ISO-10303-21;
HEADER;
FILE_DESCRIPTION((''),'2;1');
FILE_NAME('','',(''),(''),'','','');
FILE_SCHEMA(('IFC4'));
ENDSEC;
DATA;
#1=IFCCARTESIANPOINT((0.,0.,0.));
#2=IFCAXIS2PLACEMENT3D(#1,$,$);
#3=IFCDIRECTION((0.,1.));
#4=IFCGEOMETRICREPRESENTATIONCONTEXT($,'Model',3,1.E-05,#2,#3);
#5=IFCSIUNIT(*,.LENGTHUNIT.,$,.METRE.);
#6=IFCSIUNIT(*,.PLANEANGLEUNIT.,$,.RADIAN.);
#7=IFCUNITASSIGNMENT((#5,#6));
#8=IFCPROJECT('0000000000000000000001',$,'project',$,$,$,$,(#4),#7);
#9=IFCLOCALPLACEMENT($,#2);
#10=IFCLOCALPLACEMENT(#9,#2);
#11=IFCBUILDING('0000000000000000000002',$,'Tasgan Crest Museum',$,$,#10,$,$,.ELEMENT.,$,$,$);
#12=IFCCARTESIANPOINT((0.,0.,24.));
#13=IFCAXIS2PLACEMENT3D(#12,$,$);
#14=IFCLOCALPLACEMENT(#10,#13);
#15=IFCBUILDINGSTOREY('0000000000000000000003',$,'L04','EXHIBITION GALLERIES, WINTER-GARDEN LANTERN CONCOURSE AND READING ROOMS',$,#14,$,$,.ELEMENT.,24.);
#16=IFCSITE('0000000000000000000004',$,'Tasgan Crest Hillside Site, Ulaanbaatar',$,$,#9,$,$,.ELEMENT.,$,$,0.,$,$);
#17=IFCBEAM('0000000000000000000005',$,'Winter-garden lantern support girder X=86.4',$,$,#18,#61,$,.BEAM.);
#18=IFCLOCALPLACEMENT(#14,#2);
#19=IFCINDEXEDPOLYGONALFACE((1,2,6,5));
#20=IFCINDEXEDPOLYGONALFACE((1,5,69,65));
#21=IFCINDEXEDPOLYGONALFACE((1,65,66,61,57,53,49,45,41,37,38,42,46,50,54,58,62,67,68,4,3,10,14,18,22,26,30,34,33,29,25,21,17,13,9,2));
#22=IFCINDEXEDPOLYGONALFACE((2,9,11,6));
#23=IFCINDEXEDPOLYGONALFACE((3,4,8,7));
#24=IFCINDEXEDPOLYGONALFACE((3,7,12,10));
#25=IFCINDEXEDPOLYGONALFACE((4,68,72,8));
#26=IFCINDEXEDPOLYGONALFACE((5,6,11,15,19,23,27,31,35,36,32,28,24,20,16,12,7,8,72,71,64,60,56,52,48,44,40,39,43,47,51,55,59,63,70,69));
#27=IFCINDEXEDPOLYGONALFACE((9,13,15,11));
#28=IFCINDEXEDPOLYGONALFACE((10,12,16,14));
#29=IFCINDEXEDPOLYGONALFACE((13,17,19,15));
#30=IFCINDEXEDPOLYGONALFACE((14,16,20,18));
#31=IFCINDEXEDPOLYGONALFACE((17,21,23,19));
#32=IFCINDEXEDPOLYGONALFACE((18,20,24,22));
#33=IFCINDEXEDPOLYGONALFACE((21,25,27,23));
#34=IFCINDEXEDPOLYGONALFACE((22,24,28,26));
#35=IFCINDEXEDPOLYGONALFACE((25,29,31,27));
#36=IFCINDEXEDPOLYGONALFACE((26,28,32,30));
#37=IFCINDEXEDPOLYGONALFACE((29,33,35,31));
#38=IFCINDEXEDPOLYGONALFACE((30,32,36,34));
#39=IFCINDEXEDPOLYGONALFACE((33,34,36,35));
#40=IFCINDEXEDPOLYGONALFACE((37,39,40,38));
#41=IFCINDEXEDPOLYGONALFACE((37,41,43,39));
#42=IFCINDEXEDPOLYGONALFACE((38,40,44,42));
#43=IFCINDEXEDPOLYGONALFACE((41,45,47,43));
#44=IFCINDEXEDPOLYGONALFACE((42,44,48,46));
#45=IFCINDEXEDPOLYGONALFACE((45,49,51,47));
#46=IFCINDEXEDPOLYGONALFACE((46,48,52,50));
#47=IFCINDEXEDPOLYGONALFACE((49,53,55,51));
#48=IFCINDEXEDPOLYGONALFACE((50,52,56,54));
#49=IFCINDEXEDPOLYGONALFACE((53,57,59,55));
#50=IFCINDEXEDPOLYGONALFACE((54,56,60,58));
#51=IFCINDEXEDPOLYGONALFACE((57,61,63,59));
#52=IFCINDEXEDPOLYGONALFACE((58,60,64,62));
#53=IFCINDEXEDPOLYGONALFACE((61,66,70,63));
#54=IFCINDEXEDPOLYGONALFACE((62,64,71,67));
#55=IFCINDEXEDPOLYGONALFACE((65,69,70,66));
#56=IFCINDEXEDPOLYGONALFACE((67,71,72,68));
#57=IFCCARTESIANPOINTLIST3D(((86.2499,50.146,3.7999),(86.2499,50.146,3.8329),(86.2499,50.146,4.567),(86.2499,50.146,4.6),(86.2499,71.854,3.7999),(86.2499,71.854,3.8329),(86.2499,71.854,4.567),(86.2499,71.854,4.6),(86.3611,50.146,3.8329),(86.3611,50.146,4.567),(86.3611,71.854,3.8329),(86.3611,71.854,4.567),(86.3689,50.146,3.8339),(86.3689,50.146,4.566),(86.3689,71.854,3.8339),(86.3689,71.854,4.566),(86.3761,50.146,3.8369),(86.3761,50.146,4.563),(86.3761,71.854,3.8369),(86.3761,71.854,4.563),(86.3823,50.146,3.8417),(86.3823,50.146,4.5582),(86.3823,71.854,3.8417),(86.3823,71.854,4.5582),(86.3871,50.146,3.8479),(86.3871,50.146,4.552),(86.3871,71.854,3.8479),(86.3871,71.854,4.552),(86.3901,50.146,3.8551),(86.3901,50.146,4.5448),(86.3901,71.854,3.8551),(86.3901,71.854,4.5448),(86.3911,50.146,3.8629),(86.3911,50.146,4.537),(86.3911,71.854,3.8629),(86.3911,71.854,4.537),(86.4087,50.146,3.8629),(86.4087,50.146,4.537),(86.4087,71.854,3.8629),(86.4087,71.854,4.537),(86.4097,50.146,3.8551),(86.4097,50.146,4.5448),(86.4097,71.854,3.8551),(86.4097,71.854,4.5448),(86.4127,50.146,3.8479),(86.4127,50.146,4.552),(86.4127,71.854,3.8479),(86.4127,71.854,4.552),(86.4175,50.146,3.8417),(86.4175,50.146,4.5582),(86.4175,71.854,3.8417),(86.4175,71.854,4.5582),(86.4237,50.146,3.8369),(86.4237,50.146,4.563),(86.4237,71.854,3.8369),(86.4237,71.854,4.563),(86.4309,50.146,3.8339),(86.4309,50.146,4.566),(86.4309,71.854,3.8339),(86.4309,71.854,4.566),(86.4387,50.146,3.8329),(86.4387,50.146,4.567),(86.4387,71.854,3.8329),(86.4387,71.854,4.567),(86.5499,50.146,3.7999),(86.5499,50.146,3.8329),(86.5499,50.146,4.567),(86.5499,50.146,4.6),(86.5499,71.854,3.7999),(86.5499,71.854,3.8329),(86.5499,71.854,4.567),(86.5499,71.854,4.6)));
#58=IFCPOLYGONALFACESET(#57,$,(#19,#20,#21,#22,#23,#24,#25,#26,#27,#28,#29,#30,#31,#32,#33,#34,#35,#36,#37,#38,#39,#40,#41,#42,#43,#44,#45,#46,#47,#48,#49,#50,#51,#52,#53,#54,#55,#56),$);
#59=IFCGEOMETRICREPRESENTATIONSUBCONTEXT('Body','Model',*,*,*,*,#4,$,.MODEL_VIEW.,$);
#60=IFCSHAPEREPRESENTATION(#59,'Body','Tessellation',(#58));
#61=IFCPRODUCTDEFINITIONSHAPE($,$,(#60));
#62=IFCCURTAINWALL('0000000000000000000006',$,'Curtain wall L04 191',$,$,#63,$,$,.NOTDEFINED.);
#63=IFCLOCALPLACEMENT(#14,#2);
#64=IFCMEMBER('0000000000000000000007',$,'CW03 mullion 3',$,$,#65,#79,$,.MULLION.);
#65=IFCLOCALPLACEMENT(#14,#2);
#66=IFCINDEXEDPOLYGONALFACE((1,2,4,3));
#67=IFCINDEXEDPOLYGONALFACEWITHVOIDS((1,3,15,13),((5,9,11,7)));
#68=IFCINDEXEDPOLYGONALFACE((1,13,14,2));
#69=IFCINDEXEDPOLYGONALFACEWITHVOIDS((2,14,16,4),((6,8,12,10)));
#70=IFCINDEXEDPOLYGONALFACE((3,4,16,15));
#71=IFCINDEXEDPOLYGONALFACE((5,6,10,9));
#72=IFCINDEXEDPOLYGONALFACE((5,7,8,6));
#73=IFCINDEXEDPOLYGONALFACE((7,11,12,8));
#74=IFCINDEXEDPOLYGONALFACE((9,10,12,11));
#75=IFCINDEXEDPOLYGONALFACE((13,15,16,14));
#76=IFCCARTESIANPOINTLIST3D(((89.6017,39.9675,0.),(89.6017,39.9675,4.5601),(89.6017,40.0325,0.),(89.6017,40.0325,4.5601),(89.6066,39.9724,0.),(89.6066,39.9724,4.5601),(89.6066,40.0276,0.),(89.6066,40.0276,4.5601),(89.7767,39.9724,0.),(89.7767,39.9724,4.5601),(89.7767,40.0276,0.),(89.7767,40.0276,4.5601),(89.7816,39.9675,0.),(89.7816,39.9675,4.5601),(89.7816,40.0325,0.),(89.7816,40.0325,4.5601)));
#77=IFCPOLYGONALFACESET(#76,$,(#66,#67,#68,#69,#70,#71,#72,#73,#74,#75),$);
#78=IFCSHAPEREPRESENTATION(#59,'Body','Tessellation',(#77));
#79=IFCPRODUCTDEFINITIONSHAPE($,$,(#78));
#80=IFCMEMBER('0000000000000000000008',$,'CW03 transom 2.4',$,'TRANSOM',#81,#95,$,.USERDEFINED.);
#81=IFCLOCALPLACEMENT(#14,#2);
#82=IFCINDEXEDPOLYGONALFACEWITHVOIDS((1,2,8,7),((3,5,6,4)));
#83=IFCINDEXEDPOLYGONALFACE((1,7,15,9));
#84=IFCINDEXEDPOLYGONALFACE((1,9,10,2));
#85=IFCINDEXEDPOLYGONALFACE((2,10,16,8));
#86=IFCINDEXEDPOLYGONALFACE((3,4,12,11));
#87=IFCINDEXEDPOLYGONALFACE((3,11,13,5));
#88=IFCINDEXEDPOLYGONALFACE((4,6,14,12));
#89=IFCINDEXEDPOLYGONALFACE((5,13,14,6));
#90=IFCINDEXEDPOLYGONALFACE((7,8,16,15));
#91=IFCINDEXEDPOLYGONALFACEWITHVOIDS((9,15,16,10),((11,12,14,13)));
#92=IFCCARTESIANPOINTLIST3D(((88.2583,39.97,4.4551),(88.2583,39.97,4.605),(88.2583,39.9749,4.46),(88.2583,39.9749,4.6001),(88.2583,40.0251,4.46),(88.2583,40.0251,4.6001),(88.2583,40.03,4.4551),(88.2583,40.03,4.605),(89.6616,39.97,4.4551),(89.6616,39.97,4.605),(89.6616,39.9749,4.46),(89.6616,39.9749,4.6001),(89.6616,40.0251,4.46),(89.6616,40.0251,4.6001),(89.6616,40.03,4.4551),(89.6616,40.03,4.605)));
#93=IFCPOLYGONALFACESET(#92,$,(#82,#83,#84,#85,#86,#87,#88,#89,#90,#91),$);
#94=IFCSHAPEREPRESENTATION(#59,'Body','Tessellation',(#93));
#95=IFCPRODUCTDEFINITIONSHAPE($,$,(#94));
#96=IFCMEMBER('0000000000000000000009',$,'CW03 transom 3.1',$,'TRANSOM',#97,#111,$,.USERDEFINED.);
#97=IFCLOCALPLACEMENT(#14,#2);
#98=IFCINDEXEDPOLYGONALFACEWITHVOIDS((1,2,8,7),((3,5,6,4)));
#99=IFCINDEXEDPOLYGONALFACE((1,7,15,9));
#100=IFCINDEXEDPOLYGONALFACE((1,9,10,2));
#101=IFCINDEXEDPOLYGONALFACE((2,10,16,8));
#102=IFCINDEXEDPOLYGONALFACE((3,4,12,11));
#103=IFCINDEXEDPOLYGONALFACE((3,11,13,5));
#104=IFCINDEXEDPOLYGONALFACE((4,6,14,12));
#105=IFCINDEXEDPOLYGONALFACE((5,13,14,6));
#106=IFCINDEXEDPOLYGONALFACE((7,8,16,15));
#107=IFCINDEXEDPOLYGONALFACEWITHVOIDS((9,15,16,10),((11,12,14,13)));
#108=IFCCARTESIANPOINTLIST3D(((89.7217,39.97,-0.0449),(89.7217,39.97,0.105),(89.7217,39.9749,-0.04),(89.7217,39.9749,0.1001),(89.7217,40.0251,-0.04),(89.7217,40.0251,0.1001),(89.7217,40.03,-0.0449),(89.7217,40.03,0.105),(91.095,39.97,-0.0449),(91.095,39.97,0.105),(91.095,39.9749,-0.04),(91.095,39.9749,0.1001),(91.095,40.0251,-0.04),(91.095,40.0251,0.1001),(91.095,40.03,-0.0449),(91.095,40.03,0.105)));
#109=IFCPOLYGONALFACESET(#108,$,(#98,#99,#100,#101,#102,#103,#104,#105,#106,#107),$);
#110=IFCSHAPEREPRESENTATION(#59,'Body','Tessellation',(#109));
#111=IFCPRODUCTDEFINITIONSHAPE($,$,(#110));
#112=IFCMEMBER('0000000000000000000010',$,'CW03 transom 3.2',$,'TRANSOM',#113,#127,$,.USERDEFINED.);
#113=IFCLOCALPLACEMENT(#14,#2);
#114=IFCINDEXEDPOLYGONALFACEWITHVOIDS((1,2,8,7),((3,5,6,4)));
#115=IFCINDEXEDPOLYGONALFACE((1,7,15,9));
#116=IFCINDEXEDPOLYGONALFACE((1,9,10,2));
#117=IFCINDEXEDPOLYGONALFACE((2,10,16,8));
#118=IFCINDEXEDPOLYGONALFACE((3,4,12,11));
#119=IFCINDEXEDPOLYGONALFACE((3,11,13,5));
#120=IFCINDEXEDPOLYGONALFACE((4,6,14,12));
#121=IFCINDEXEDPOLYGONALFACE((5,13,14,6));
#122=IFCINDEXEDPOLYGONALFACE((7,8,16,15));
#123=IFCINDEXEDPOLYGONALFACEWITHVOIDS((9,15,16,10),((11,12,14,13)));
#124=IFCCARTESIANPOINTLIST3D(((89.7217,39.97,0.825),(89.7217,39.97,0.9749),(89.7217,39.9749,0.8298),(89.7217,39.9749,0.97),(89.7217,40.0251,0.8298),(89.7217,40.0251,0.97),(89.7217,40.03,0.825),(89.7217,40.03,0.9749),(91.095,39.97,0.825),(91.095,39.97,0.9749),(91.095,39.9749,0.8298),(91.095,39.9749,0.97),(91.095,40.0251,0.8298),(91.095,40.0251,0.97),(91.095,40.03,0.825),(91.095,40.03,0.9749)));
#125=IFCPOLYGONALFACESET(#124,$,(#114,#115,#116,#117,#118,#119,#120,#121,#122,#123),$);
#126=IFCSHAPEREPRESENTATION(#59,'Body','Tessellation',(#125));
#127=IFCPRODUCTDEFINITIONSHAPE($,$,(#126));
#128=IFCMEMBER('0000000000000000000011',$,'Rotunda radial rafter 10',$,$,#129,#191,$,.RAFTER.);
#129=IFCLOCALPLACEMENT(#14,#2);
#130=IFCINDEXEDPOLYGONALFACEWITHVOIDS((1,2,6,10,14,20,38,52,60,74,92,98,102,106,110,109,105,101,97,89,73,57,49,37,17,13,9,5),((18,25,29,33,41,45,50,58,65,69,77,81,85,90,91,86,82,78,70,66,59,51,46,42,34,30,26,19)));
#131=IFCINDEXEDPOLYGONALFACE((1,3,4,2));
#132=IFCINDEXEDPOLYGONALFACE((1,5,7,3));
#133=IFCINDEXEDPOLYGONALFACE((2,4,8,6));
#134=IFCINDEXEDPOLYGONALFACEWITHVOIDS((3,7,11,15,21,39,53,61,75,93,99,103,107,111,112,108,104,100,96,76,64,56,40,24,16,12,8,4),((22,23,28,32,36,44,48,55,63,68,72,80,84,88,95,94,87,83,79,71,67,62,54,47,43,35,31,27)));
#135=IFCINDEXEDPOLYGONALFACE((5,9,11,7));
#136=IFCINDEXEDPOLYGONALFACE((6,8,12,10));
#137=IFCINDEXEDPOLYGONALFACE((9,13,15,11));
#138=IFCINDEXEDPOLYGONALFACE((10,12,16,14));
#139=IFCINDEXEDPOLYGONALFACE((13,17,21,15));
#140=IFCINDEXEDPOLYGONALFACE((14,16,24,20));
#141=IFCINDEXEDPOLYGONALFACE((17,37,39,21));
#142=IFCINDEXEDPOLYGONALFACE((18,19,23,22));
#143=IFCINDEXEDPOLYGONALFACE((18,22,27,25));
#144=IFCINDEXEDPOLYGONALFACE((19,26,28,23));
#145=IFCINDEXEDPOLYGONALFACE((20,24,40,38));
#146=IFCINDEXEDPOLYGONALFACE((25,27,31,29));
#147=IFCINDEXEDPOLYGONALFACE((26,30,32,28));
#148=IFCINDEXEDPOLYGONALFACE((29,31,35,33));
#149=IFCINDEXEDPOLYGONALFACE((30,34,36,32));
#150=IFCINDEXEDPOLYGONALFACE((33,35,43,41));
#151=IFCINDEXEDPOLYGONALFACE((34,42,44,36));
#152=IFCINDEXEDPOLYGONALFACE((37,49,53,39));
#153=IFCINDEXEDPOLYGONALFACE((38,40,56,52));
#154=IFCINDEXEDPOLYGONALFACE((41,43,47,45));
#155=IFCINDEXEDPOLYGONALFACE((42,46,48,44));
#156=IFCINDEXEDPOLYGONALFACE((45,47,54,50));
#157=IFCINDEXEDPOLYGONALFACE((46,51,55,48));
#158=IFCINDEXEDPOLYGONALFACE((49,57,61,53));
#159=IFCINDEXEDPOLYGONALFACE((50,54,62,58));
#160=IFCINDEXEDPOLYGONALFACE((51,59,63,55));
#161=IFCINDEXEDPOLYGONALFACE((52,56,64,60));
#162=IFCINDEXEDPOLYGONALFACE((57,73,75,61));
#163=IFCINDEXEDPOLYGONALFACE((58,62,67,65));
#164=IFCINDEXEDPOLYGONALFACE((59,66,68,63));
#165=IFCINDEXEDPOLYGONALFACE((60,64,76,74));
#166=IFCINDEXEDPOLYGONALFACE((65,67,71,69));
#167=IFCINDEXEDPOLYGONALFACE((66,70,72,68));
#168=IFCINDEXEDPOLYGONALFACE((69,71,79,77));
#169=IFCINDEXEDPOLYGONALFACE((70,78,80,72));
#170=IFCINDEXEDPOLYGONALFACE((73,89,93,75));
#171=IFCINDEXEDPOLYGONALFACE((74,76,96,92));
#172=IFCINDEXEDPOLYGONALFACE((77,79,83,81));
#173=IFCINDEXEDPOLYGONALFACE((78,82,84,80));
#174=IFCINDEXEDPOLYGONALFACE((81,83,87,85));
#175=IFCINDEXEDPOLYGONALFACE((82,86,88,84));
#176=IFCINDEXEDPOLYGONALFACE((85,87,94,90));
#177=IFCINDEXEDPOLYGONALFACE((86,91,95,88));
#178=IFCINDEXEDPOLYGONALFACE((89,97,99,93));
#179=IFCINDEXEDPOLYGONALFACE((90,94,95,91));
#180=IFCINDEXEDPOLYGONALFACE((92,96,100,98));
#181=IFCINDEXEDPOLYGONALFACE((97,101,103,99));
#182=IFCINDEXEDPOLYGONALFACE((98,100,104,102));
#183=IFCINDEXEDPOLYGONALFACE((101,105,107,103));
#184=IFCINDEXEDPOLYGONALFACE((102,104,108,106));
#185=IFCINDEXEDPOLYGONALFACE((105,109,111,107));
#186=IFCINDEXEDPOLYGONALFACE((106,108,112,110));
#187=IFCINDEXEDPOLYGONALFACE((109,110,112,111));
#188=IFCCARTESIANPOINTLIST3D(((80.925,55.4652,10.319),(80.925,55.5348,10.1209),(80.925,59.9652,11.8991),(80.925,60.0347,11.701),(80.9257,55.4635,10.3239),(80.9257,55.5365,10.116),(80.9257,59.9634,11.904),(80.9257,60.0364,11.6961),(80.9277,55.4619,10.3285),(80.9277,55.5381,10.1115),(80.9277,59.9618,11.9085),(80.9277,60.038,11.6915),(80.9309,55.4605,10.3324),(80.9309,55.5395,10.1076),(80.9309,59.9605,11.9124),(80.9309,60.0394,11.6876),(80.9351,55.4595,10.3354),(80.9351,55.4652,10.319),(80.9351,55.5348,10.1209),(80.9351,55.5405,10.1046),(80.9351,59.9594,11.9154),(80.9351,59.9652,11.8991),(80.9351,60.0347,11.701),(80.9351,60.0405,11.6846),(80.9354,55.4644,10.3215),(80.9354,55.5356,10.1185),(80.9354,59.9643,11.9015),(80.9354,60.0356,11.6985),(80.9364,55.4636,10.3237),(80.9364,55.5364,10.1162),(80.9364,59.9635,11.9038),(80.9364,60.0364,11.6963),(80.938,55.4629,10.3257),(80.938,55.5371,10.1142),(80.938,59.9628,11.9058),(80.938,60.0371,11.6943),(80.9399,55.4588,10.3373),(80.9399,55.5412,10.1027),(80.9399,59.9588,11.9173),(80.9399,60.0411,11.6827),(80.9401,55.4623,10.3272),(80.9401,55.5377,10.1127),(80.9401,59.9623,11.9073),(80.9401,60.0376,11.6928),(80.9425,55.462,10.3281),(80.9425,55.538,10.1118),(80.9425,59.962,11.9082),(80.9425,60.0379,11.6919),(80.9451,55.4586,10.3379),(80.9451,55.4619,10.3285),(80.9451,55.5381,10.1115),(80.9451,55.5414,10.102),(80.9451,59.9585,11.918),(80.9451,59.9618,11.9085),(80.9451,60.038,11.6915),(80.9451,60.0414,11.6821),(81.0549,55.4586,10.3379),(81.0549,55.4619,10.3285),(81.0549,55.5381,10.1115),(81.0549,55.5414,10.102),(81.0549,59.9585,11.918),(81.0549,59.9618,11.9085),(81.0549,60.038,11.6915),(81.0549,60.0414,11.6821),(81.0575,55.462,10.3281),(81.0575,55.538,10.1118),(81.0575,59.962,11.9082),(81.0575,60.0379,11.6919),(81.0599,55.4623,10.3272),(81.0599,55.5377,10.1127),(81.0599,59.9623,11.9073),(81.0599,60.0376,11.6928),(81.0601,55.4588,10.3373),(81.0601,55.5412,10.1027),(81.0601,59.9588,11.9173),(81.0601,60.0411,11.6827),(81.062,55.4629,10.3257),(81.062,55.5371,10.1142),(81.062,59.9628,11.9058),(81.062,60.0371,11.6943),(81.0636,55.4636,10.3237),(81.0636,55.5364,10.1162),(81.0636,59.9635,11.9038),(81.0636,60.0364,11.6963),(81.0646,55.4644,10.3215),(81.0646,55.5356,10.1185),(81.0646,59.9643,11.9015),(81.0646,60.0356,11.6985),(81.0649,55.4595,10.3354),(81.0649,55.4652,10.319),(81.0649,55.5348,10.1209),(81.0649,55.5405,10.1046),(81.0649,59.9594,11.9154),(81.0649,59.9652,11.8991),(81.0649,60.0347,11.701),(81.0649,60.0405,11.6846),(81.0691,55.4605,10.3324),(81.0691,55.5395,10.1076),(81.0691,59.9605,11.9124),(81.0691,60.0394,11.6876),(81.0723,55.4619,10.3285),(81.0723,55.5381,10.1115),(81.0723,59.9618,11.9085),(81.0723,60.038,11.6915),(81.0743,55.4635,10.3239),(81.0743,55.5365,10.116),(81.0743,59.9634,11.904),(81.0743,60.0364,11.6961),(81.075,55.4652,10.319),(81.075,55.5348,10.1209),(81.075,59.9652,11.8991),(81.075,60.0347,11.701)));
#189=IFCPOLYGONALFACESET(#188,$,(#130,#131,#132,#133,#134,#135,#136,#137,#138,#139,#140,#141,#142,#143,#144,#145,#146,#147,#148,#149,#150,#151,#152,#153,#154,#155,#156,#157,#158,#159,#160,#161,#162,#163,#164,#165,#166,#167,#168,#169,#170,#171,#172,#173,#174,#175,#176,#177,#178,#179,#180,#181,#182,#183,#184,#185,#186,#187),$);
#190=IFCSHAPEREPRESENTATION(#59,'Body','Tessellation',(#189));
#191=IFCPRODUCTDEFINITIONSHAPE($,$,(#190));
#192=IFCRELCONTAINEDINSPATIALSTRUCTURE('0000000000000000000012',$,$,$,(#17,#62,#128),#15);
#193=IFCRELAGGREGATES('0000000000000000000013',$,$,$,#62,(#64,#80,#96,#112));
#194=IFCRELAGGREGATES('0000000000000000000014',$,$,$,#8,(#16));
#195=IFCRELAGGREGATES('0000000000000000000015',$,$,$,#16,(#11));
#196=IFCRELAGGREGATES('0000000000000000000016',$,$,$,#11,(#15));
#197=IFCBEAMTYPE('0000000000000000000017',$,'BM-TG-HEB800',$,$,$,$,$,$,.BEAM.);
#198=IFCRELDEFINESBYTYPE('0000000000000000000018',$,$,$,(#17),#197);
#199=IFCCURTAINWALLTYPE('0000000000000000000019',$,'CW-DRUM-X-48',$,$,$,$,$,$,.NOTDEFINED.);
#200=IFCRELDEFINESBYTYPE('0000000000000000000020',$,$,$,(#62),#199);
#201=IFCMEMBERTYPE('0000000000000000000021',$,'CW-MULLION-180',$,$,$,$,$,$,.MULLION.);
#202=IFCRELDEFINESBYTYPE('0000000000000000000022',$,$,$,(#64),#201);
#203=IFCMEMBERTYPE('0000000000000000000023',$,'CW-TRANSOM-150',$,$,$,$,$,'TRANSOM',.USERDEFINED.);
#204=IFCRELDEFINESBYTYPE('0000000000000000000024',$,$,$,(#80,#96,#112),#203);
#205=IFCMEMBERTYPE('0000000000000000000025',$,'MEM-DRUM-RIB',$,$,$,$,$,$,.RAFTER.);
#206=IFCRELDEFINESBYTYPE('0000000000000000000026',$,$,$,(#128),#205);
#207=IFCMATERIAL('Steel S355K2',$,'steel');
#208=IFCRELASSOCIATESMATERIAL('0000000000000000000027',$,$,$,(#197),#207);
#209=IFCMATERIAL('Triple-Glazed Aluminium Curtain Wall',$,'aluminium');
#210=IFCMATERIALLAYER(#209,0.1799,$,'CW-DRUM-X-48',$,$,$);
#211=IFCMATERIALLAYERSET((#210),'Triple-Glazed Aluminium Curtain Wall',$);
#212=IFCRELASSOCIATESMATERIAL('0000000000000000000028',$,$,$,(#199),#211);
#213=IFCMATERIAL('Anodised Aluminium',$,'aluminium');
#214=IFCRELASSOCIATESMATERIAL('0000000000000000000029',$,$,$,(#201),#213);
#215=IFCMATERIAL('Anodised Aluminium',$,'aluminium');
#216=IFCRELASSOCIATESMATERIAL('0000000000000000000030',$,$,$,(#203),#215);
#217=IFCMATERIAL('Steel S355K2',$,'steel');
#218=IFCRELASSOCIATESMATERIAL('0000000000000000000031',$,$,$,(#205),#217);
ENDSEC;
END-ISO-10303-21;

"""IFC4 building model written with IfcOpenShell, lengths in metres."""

from ifc_helpers import new_model, si_unit, direction, frame, origin, origin_2d, place, context, subcontext, project, spatial, hollow_rectangle, i_section, extrude, material, layer, layer_set, material_profile, profile_set, type_object, element, aggregate, save


model = new_model("IFC4")

# Units and contexts
model_context = context("Model", 3, precision=1e-05, world=origin(), true_north=direction((0.0, 1.0)))
body_context = subcontext(model_context, "Body", "Model", "MODEL_VIEW")
ifc_project = project(units=[si_unit("LENGTHUNIT", "METRE"), si_unit("PLANEANGLEUNIT", "RADIAN")], contexts=[model_context])

# Site, building, storey
site_placement = place(None, origin())
site = spatial("IfcSite", under=ifc_project, at=site_placement, Name="Tasgan Crest Hillside Site, Ulaanbaatar", CompositionType="ELEMENT", RefElevation=0.0)
building_placement = place(site_placement, origin())
building = spatial("IfcBuilding", under=site, at=building_placement, Name="Tasgan Crest Museum", CompositionType="ELEMENT")
storey_placement = place(building_placement, frame((0.0, 0.0, 24.0)))
storey = spatial("IfcBuildingStorey", under=building, at=storey_placement, Name="L04", Description="EXHIBITION GALLERIES, WINTER-GARDEN LANTERN CONCOURSE AND READING ROOMS", CompositionType="ELEMENT", Elevation=24.0)

# Beam
ifc_material_1 = material(Name="Steel S355K2", Category="steel")
ifc_material_profile_1 = material_profile(ifc_material_1, i_section(OverallWidth=0.3, OverallDepth=0.8, WebThickness=0.0176, FlangeThickness=0.033, FilletRadius=0.03, at=origin_2d()), Name="HEB 800")
ifc_profile_set_1 = profile_set([ifc_material_profile_1], Name="Steel S355K2")
beam_type_1 = type_object("IfcBeamType", Name="BM-TG-HEB800", PredefinedType="BEAM", material=ifc_profile_set_1)
beam_1_placement = place(storey_placement, frame((86.3999, 50.146, 4.2), z_axis=(0.0, 1.0, 0.0), x_axis=(-1.0, 0.0, 0.0)))
element("IfcBeam", 1, at=beam_1_placement, inside=storey, type_object=beam_type_1, Name="Winter-garden lantern support girder X=86.4", PredefinedType="BEAM", context=body_context, shape_type="SweptSolid", body=[
    extrude(i_section(OverallWidth=0.3, OverallDepth=0.8, WebThickness=0.0176, FlangeThickness=0.033, FilletRadius=0.03, at=origin_2d()), origin(), (0.0, 0.0, 1.0), 21.708),
])

# Curtain wall, members
ifc_material_2 = material(Name="Triple-Glazed Aluminium Curtain Wall", Category="aluminium")
ifc_layer_1 = layer(ifc_material_2, 0.1799, Name="CW-DRUM-X-48")
ifc_layer_set_1 = layer_set([ifc_layer_1], Name="Triple-Glazed Aluminium Curtain Wall")
curtain_wall_type = type_object("IfcCurtainWallType", Name="CW-DRUM-X-48", PredefinedType="NOTDEFINED", material=ifc_layer_set_1)
curtain_wall_placement = place(storey_placement, origin())
curtain_wall = element("IfcCurtainWall", 2, at=curtain_wall_placement, inside=storey, type_object=curtain_wall_type, Name="Curtain wall L04 191", PredefinedType="NOTDEFINED")
ifc_material_3 = material(Name="Anodised Aluminium", Category="aluminium")
ifc_material_profile_2 = material_profile(ifc_material_3, hollow_rectangle(XDim=0.0649, YDim=0.1799, WallThickness=0.0049, at=origin_2d()), Name="ALU MULLION 180x65x5")
ifc_profile_set_2 = profile_set([ifc_material_profile_2], Name="Anodised Aluminium")
member_type_1 = type_object("IfcMemberType", Name="CW-MULLION-180", PredefinedType="MULLION", material=ifc_profile_set_2)
member_1_placement = place(storey_placement, frame((89.6917, 40.0, 0.0), z_axis=(0.0, 0.0, 1.0), x_axis=(0.0, 1.0, 0.0)))
member_1 = element("IfcMember", 3, at=member_1_placement, type_object=member_type_1, Name="CW03 mullion 3", PredefinedType="MULLION", context=body_context, shape_type="SweptSolid", body=[
    extrude(hollow_rectangle(XDim=0.0649, YDim=0.1799, WallThickness=0.0049, at=origin_2d()), origin(), (0.0, 0.0, 1.0), 4.5601),
])
ifc_material_4 = material(Name="Anodised Aluminium", Category="aluminium")
ifc_material_profile_3 = material_profile(ifc_material_4, hollow_rectangle(XDim=0.0601, YDim=0.1499, WallThickness=0.0049, at=origin_2d()), Name="ALU TRANSOM 150x60x5")
ifc_profile_set_3 = profile_set([ifc_material_profile_3], Name="Anodised Aluminium")
member_type_2 = type_object("IfcMemberType", Name="CW-TRANSOM-150", ElementType="TRANSOM", PredefinedType="USERDEFINED", material=ifc_profile_set_3)
member_2_placement = place(storey_placement, frame((88.2583, 40.0, 4.53), z_axis=(1.0, 0.0, 0.0), x_axis=(0.0, 1.0, 0.0)))
member_2 = element("IfcMember", 4, at=member_2_placement, type_object=member_type_2, Name="CW03 transom 2.4", ObjectType="TRANSOM", PredefinedType="USERDEFINED", context=body_context, shape_type="SweptSolid", body=[
    extrude(hollow_rectangle(XDim=0.0601, YDim=0.1499, WallThickness=0.0049, at=origin_2d()), origin(), (0.0, 0.0, 1.0), 1.4033),
])
member_3_placement = place(storey_placement, frame((89.7217, 40.0, 0.03), z_axis=(1.0, 0.0, 0.0), x_axis=(0.0, 1.0, 0.0)))
member_3 = element("IfcMember", 5, at=member_3_placement, type_object=member_type_2, Name="CW03 transom 3.1", ObjectType="TRANSOM", PredefinedType="USERDEFINED", context=body_context, shape_type="SweptSolid", body=[
    extrude(hollow_rectangle(XDim=0.0601, YDim=0.1499, WallThickness=0.0049, at=origin_2d()), origin(), (0.0, 0.0, 1.0), 1.3733),
])
member_4_placement = place(storey_placement, frame((89.7217, 40.0, 0.8999), z_axis=(1.0, 0.0, 0.0), x_axis=(0.0, 1.0, 0.0)))
member_4 = element("IfcMember", 6, at=member_4_placement, type_object=member_type_2, Name="CW03 transom 3.2", ObjectType="TRANSOM", PredefinedType="USERDEFINED", context=body_context, shape_type="SweptSolid", body=[
    extrude(hollow_rectangle(XDim=0.0601, YDim=0.1499, WallThickness=0.0049, at=origin_2d()), origin(), (0.0, 0.0, 1.0), 1.3733),
])

# Member
ifc_material_5 = material(Name="Steel S355K2", Category="steel")
ifc_material_profile_4 = material_profile(ifc_material_5, hollow_rectangle(XDim=0.1499, YDim=0.25, WallThickness=0.01, InnerFilletRadius=0.01, OuterFilletRadius=0.02, at=origin_2d()), Name="RHS 250x150x10")
ifc_profile_set_4 = profile_set([ifc_material_profile_4], Name="Steel S355K2")
member_type_3 = type_object("IfcMemberType", Name="MEM-DRUM-RIB", PredefinedType="RAFTER", material=ifc_profile_set_4)
member_5_placement = place(storey_placement, frame((81.0, 55.5, 10.22), z_axis=(0.0, 0.943526, 0.331299), x_axis=(-1.0, 0.0, 0.0)))
element("IfcMember", 7, at=member_5_placement, inside=storey, type_object=member_type_3, Name="Rotunda radial rafter 10", PredefinedType="RAFTER", context=body_context, shape_type="SweptSolid", body=[
    extrude(hollow_rectangle(XDim=0.1499, YDim=0.25, WallThickness=0.01, InnerFilletRadius=0.01, OuterFilletRadius=0.02, at=origin_2d()), origin(), (0.0, 0.0, 1.0), 4.7693),
])

aggregate(curtain_wall, [member_1, member_2, member_3, member_4])

save(model, "model.ifc")
